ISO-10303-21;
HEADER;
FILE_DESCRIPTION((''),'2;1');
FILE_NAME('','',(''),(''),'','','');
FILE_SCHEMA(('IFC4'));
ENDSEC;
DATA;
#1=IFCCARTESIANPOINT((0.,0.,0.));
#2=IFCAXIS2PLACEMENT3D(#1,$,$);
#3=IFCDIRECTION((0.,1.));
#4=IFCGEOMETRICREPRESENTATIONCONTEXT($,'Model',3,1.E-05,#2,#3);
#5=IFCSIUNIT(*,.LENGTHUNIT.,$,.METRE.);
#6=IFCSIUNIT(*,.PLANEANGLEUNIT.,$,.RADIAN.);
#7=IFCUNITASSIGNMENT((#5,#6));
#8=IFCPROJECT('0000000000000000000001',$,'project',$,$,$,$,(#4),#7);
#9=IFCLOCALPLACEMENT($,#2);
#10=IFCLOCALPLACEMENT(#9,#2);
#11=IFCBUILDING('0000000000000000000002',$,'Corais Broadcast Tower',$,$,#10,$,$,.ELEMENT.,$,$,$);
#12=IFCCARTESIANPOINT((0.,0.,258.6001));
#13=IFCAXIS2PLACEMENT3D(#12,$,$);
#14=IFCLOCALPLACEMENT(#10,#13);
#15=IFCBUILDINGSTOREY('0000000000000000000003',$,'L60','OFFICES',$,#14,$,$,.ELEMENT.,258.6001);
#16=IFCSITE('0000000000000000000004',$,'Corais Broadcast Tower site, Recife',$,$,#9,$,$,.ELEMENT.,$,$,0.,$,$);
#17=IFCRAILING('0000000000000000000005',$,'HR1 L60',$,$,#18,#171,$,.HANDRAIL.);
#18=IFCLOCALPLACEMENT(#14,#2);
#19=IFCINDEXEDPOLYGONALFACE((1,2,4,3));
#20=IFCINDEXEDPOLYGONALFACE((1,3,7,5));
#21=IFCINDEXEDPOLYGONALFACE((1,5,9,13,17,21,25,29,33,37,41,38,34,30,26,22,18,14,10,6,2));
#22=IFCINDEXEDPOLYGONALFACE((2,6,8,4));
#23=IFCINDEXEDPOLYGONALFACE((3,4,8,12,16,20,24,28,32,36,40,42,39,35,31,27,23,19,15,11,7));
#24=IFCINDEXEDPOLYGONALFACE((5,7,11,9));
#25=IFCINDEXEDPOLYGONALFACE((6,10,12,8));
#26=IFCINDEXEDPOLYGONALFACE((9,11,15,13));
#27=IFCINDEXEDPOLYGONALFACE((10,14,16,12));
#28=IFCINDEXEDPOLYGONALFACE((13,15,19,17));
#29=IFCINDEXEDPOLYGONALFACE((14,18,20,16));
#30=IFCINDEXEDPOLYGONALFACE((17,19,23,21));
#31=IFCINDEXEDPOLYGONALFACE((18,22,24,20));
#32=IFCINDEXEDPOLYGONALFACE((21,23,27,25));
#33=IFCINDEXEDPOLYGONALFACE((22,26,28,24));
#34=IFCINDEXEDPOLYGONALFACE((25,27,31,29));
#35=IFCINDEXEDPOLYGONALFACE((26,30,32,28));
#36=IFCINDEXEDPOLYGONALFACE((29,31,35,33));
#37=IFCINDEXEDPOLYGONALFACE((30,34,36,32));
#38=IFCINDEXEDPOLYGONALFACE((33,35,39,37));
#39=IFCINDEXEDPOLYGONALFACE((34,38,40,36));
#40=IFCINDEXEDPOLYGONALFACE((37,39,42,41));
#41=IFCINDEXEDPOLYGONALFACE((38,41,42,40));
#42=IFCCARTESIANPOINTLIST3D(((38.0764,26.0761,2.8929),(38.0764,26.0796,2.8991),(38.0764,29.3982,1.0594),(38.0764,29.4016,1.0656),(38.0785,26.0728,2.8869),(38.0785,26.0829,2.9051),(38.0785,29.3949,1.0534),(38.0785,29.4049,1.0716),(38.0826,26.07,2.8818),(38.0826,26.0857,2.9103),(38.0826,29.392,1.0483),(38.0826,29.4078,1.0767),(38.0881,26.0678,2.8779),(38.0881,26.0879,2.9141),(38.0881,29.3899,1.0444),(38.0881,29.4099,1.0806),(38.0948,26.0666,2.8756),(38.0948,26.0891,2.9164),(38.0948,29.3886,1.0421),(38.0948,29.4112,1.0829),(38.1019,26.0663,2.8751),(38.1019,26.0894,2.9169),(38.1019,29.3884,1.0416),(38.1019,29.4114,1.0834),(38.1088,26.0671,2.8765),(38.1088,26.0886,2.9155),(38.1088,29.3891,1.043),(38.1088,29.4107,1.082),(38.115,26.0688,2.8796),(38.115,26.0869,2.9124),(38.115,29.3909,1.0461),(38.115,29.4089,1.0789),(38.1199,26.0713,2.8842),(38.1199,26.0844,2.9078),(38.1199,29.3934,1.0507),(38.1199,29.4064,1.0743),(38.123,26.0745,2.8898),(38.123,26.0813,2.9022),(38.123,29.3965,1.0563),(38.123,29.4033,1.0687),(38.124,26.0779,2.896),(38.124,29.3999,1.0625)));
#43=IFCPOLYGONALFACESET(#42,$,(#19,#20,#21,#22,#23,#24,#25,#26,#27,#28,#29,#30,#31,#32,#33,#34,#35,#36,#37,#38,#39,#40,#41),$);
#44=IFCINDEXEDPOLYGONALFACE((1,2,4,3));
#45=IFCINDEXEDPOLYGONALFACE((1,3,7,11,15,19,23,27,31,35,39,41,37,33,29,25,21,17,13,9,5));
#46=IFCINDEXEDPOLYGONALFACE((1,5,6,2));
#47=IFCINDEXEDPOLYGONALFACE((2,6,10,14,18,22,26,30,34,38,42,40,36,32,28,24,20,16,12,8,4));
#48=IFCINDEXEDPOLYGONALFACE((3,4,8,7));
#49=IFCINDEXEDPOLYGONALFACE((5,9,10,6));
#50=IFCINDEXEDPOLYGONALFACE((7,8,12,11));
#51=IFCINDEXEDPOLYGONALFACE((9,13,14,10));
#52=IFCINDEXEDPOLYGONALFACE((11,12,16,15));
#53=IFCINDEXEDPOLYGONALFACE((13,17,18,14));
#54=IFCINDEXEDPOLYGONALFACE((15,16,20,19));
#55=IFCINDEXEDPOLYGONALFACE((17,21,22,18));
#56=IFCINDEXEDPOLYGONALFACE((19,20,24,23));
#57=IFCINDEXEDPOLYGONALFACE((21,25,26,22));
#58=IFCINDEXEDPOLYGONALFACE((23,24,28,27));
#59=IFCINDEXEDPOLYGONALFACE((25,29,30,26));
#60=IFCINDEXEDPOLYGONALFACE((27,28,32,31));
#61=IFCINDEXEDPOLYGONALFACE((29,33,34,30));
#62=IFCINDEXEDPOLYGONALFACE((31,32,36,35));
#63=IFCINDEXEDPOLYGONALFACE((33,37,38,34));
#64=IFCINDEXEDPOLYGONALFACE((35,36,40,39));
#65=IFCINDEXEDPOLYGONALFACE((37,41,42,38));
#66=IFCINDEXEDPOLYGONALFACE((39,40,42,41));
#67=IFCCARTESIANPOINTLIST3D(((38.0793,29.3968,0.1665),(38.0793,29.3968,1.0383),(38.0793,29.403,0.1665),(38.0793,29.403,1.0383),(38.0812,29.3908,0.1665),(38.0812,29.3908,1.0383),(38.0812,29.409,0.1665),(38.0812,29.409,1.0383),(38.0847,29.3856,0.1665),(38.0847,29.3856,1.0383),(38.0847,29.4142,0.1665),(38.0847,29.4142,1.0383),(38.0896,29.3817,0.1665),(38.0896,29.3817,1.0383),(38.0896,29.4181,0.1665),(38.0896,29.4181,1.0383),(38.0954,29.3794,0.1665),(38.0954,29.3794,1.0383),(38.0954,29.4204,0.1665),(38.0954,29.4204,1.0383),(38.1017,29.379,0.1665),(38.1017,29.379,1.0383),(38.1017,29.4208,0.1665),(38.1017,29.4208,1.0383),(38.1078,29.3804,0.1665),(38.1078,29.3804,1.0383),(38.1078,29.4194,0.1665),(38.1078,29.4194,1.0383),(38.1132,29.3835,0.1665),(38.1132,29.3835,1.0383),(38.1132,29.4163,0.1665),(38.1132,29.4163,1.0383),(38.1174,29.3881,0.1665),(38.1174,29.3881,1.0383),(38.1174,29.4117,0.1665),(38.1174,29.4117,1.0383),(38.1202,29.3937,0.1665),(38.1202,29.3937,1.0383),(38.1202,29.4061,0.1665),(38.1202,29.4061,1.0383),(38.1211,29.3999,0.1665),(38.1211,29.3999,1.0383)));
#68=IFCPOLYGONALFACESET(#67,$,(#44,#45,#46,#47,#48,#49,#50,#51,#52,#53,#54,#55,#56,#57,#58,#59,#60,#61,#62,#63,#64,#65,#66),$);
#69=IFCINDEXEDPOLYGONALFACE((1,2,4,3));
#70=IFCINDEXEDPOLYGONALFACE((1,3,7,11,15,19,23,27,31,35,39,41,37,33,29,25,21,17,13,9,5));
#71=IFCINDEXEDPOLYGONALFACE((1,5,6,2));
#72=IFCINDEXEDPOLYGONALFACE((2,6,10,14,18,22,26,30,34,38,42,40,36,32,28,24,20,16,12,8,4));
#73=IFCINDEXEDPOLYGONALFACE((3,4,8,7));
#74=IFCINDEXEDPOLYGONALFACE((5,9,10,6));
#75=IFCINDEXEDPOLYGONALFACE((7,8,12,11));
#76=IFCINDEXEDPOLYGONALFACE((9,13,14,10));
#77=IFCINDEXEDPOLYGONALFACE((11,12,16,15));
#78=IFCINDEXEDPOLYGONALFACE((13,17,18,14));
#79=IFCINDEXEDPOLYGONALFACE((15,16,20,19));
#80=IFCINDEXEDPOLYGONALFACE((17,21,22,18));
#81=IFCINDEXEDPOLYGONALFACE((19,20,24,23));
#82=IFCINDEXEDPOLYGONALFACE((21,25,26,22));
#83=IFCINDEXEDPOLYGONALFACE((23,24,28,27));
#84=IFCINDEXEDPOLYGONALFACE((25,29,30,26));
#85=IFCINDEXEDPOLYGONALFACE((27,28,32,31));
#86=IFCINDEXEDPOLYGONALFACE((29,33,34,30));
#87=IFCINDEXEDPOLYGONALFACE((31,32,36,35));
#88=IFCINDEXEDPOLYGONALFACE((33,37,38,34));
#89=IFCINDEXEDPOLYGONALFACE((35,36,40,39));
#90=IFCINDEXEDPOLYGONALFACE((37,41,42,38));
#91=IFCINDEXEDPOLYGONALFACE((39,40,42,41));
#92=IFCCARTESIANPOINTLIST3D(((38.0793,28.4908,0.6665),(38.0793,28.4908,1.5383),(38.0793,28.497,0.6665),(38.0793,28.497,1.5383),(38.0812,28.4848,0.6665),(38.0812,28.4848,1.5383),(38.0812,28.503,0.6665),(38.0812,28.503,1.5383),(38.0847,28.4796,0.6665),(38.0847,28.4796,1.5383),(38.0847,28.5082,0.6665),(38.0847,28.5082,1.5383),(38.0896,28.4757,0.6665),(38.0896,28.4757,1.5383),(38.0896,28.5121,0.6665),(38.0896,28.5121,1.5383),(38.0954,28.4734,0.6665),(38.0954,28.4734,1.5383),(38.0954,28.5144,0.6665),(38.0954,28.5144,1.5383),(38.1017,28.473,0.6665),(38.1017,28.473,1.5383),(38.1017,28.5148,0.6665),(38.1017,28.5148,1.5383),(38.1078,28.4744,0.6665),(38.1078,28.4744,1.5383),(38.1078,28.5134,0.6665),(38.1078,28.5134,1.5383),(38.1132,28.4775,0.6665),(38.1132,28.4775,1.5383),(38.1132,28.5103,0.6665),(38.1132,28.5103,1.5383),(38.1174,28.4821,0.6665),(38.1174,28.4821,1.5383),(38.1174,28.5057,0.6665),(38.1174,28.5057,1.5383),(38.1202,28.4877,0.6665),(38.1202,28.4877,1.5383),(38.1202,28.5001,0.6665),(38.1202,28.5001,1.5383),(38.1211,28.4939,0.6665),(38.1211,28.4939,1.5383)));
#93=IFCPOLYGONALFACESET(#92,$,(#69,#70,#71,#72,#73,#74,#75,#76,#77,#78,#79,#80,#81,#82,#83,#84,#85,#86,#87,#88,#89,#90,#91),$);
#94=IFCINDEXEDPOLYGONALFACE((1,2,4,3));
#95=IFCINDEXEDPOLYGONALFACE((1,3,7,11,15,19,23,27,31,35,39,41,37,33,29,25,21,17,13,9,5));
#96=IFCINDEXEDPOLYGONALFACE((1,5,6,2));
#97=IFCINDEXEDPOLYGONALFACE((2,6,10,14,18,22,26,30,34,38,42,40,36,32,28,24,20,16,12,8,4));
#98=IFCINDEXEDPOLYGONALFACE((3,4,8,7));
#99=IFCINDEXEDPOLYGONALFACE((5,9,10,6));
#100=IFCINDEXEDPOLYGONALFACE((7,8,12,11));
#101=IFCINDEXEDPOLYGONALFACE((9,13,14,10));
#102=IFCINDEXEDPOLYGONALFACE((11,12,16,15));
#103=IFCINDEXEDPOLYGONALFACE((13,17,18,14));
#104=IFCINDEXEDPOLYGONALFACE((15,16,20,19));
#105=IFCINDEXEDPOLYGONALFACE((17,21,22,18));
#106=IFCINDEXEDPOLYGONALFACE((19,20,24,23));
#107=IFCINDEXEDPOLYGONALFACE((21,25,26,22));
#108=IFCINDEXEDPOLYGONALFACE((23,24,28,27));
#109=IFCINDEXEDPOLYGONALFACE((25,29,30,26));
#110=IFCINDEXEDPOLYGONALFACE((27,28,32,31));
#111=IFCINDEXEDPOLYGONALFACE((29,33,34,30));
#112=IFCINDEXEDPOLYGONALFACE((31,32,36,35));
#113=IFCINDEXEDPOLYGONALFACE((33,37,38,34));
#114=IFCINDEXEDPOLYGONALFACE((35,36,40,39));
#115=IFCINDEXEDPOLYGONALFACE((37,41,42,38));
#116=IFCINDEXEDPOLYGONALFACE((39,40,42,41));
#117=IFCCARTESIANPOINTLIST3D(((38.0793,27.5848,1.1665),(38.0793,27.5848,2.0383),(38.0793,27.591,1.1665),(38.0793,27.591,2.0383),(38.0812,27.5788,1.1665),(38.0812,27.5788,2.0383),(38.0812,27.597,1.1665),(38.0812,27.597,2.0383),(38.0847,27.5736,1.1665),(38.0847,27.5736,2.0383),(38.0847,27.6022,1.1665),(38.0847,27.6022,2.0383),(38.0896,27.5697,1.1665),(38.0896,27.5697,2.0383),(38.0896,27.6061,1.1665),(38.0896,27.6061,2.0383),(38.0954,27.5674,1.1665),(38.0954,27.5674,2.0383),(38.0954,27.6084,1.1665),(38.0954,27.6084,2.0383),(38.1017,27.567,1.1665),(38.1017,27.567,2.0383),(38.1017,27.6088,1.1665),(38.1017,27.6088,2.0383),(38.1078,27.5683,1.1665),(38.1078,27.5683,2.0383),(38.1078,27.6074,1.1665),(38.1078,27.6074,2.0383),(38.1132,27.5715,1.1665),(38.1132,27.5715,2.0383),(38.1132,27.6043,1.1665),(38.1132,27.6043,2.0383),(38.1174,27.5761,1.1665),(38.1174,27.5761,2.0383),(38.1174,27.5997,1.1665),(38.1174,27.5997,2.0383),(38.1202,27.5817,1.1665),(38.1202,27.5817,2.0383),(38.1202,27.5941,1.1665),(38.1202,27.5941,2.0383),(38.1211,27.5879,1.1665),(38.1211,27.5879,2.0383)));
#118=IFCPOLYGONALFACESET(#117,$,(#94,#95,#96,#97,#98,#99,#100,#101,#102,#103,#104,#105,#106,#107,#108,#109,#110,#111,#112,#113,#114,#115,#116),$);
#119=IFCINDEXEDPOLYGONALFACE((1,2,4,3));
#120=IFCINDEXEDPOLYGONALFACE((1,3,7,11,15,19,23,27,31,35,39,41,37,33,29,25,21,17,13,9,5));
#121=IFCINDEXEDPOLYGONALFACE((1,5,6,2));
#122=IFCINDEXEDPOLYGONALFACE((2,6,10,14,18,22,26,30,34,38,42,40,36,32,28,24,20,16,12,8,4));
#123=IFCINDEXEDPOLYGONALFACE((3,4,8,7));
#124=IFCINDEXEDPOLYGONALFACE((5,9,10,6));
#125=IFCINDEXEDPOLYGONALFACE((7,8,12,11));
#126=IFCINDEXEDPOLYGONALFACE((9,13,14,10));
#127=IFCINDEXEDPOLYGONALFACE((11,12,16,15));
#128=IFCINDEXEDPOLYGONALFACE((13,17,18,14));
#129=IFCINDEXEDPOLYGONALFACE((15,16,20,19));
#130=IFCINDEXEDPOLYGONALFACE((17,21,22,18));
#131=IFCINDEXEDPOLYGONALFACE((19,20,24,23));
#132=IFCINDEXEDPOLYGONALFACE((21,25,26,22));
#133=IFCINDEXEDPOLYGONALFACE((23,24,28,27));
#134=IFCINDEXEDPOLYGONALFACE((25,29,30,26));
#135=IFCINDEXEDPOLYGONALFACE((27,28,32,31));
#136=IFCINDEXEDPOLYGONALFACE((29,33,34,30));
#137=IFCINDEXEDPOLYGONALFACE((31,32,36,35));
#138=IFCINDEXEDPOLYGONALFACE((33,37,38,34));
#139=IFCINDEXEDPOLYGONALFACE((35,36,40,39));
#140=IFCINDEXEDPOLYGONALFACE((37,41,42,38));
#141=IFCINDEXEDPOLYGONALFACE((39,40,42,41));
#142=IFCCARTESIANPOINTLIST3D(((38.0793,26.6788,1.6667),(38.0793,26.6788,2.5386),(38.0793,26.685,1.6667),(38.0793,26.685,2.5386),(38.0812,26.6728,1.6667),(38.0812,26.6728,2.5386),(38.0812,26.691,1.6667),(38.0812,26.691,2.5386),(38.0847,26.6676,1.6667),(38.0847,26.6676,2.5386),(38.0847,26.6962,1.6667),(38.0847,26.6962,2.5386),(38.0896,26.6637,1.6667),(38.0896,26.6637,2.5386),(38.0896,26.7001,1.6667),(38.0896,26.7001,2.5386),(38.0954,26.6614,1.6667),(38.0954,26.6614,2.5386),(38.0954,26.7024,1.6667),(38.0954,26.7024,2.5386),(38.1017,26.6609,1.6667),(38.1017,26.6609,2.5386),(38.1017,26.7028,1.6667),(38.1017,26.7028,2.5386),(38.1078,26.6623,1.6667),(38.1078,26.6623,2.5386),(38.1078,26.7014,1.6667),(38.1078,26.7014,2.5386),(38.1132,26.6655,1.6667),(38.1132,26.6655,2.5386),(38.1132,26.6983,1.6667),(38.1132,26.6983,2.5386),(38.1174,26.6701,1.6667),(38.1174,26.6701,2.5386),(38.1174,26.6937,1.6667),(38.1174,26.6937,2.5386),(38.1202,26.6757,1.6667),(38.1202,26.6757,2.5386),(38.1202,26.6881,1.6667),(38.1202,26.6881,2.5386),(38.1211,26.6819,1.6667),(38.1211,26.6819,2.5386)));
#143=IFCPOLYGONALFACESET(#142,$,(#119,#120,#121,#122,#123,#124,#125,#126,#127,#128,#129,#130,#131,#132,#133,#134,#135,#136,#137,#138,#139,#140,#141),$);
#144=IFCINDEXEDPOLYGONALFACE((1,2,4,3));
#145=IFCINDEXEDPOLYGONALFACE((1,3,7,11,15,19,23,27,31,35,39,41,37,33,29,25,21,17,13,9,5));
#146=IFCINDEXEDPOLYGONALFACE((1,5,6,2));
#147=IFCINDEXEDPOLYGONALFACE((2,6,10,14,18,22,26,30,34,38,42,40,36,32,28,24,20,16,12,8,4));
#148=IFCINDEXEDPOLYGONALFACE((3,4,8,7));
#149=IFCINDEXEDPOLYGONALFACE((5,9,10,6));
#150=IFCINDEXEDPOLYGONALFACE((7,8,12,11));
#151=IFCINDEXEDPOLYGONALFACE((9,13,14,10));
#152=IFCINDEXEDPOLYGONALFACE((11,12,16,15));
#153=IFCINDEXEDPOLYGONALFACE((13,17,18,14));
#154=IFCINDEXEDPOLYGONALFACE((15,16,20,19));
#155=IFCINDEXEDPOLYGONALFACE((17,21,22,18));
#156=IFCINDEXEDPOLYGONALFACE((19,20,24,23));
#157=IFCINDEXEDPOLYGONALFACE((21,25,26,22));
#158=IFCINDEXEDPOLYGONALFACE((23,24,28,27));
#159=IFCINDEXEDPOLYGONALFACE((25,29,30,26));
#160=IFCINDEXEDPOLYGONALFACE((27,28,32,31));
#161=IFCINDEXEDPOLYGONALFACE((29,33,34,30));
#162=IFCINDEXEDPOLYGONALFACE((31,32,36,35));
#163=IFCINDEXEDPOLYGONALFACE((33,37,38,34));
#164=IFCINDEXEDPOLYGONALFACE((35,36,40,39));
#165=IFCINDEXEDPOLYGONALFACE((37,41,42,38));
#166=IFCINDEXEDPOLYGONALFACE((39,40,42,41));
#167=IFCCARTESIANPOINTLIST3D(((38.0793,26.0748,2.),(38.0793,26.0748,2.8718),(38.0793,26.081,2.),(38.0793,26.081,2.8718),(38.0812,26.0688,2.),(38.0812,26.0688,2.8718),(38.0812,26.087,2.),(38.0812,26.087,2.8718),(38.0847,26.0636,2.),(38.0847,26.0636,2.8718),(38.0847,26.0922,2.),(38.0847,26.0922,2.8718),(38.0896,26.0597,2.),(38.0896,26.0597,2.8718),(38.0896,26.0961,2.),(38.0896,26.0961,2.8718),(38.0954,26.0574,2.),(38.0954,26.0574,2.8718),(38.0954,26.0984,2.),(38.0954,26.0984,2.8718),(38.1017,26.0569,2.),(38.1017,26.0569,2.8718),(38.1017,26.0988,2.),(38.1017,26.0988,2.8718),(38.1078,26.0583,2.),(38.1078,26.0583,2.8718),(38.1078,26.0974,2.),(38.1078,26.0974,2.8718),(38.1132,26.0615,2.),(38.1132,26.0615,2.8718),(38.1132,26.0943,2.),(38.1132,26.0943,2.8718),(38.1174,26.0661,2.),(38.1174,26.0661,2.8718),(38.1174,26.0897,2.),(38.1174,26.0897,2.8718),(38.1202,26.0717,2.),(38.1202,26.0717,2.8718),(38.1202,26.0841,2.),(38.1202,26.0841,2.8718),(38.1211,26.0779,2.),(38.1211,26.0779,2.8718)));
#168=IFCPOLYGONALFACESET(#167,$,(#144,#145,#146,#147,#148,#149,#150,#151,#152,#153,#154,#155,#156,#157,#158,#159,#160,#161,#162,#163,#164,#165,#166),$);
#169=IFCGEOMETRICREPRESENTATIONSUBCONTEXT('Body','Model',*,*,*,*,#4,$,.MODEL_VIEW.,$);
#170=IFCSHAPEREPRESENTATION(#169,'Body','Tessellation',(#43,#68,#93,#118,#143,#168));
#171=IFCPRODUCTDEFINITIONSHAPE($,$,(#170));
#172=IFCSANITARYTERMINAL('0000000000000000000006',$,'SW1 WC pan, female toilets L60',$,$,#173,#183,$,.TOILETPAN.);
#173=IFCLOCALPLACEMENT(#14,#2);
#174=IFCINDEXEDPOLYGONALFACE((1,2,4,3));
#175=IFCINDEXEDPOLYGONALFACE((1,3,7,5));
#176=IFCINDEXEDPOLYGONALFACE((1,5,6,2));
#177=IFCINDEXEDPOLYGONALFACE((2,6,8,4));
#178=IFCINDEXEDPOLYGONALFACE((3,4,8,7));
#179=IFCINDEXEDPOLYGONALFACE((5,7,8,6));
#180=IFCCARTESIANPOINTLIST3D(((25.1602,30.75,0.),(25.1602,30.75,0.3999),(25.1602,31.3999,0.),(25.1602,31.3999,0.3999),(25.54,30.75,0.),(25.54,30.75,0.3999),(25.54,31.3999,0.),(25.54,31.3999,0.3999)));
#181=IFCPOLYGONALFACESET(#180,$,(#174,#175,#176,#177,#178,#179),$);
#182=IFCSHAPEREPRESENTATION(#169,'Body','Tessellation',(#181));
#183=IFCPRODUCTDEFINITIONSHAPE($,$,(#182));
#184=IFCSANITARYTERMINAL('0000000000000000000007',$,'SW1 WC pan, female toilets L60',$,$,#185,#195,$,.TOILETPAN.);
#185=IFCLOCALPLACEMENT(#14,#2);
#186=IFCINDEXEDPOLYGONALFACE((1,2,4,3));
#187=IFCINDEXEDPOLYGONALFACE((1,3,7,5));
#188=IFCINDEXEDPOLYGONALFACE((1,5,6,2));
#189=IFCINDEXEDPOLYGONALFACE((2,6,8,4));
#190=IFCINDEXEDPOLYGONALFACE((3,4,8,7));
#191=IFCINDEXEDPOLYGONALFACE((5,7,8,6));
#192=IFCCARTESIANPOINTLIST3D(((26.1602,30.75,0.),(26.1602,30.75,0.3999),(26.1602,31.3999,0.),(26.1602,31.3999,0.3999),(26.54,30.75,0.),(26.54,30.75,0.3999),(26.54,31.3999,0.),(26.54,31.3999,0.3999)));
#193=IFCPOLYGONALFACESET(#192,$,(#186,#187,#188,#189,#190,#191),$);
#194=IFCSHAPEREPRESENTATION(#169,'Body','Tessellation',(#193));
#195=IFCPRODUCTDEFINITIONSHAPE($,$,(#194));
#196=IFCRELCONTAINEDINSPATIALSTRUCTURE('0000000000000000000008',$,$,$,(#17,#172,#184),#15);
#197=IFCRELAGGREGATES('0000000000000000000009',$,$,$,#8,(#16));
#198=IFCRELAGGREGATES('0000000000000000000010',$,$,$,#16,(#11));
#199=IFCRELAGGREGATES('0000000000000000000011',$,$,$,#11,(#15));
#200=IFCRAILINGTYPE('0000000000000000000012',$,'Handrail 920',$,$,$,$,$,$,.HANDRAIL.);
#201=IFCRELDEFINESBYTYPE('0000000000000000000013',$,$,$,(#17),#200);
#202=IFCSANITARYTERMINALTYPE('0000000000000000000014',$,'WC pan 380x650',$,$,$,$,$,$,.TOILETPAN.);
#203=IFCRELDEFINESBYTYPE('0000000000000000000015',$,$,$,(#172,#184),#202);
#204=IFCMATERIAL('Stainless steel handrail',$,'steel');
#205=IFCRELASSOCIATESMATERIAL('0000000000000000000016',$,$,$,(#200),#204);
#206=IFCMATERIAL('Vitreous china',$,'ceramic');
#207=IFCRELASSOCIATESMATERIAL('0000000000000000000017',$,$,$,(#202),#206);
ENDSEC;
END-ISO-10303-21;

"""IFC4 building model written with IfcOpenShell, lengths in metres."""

from ifc_helpers import new_model, si_unit, direction, frame, origin, origin_2d, place, context, subcontext, project, spatial, rectangle, circle, extrude, material, type_object, element, save


model = new_model("IFC4")

# Units and contexts
model_context = context("Model", 3, precision=1e-05, world=origin(), true_north=direction((0.0, 1.0)))
body_context = subcontext(model_context, "Body", "Model", "MODEL_VIEW")
ifc_project = project(units=[si_unit("LENGTHUNIT", "METRE"), si_unit("PLANEANGLEUNIT", "RADIAN")], contexts=[model_context])

# Site, building, storey
site_placement = place(None, origin())
site = spatial("IfcSite", under=ifc_project, at=site_placement, Name="Corais Broadcast Tower site, Recife", CompositionType="ELEMENT", RefElevation=0.0)
building_placement = place(site_placement, origin())
building = spatial("IfcBuilding", under=site, at=building_placement, Name="Corais Broadcast Tower", CompositionType="ELEMENT")
storey_placement = place(building_placement, frame((0.0, 0.0, 258.6001)))
storey = spatial("IfcBuildingStorey", under=building, at=storey_placement, Name="L60", Description="OFFICES", CompositionType="ELEMENT", Elevation=258.6001)

# Railing
ifc_material_1 = material(Name="Stainless steel handrail", Category="steel")
railing_type = type_object("IfcRailingType", Name="Handrail 920", PredefinedType="HANDRAIL", material=ifc_material_1)
for number, where, name in (
    (1, (38.1001, 29.3999, 0.1665), "HR1 L60"),
):
    element("IfcRailing", number, at=place(storey_placement, frame(where)), inside=storey, type_object=railing_type, Name=name, PredefinedType="HANDRAIL", context=body_context, shape_type="SweptSolid", body=[
        extrude(circle(Radius=0.0239, at=origin_2d()), frame((0.0, 0.0, 0.896), z_axis=(0.0, -0.875504, 0.48321), x_axis=(1.0, 0.0, 0.0)), (0.0, 0.0, 1.0), 3.7944),
        extrude(circle(Radius=0.021, at=origin_2d()), origin(), (0.0, 0.0, 1.0), 0.8718),
        extrude(circle(Radius=0.021, at=origin_2d()), frame((0.0, -0.906, 0.5)), (0.0, 0.0, 1.0), 0.8718),
        extrude(circle(Radius=0.021, at=origin_2d()), frame((0.0, -1.812, 1.0)), (0.0, 0.0, 1.0), 0.8718),
        extrude(circle(Radius=0.021, at=origin_2d()), frame((0.0, -2.718, 1.5002)), (0.0, 0.0, 1.0), 0.8718),
        extrude(circle(Radius=0.021, at=origin_2d()), frame((0.0, -3.322, 1.8335)), (0.0, 0.0, 1.0), 0.8718),
    ])

# Sanitary terminals
ifc_material_2 = material(Name="Vitreous china", Category="ceramic")
sanitary_terminal_type = type_object("IfcSanitaryTerminalType", Name="WC pan 380x650", PredefinedType="TOILETPAN", material=ifc_material_2)
for number, where, z_axis, x_axis, name in (
    (2, (25.3501, 31.075, 0.0), (0.0, 0.0, 1.0), (1.0, 0.0, 0.0), "SW1 WC pan, female toilets L60"),
    (3, (26.3501, 31.075, 0.0), (0.0, 0.0, 1.0), (1.0, 0.0, 0.0), "SW1 WC pan, female toilets L60"),
):
    element("IfcSanitaryTerminal", number, at=place(storey_placement, frame(where, z_axis=z_axis, x_axis=x_axis)), inside=storey, type_object=sanitary_terminal_type, Name=name, PredefinedType="TOILETPAN", context=body_context, shape_type="SweptSolid", body=[
        extrude(rectangle(XDim=0.3799, YDim=0.6499, at=origin_2d()), origin(), (0.0, 0.0, 1.0), 0.3999),
    ])

save(model, "model.ifc")
